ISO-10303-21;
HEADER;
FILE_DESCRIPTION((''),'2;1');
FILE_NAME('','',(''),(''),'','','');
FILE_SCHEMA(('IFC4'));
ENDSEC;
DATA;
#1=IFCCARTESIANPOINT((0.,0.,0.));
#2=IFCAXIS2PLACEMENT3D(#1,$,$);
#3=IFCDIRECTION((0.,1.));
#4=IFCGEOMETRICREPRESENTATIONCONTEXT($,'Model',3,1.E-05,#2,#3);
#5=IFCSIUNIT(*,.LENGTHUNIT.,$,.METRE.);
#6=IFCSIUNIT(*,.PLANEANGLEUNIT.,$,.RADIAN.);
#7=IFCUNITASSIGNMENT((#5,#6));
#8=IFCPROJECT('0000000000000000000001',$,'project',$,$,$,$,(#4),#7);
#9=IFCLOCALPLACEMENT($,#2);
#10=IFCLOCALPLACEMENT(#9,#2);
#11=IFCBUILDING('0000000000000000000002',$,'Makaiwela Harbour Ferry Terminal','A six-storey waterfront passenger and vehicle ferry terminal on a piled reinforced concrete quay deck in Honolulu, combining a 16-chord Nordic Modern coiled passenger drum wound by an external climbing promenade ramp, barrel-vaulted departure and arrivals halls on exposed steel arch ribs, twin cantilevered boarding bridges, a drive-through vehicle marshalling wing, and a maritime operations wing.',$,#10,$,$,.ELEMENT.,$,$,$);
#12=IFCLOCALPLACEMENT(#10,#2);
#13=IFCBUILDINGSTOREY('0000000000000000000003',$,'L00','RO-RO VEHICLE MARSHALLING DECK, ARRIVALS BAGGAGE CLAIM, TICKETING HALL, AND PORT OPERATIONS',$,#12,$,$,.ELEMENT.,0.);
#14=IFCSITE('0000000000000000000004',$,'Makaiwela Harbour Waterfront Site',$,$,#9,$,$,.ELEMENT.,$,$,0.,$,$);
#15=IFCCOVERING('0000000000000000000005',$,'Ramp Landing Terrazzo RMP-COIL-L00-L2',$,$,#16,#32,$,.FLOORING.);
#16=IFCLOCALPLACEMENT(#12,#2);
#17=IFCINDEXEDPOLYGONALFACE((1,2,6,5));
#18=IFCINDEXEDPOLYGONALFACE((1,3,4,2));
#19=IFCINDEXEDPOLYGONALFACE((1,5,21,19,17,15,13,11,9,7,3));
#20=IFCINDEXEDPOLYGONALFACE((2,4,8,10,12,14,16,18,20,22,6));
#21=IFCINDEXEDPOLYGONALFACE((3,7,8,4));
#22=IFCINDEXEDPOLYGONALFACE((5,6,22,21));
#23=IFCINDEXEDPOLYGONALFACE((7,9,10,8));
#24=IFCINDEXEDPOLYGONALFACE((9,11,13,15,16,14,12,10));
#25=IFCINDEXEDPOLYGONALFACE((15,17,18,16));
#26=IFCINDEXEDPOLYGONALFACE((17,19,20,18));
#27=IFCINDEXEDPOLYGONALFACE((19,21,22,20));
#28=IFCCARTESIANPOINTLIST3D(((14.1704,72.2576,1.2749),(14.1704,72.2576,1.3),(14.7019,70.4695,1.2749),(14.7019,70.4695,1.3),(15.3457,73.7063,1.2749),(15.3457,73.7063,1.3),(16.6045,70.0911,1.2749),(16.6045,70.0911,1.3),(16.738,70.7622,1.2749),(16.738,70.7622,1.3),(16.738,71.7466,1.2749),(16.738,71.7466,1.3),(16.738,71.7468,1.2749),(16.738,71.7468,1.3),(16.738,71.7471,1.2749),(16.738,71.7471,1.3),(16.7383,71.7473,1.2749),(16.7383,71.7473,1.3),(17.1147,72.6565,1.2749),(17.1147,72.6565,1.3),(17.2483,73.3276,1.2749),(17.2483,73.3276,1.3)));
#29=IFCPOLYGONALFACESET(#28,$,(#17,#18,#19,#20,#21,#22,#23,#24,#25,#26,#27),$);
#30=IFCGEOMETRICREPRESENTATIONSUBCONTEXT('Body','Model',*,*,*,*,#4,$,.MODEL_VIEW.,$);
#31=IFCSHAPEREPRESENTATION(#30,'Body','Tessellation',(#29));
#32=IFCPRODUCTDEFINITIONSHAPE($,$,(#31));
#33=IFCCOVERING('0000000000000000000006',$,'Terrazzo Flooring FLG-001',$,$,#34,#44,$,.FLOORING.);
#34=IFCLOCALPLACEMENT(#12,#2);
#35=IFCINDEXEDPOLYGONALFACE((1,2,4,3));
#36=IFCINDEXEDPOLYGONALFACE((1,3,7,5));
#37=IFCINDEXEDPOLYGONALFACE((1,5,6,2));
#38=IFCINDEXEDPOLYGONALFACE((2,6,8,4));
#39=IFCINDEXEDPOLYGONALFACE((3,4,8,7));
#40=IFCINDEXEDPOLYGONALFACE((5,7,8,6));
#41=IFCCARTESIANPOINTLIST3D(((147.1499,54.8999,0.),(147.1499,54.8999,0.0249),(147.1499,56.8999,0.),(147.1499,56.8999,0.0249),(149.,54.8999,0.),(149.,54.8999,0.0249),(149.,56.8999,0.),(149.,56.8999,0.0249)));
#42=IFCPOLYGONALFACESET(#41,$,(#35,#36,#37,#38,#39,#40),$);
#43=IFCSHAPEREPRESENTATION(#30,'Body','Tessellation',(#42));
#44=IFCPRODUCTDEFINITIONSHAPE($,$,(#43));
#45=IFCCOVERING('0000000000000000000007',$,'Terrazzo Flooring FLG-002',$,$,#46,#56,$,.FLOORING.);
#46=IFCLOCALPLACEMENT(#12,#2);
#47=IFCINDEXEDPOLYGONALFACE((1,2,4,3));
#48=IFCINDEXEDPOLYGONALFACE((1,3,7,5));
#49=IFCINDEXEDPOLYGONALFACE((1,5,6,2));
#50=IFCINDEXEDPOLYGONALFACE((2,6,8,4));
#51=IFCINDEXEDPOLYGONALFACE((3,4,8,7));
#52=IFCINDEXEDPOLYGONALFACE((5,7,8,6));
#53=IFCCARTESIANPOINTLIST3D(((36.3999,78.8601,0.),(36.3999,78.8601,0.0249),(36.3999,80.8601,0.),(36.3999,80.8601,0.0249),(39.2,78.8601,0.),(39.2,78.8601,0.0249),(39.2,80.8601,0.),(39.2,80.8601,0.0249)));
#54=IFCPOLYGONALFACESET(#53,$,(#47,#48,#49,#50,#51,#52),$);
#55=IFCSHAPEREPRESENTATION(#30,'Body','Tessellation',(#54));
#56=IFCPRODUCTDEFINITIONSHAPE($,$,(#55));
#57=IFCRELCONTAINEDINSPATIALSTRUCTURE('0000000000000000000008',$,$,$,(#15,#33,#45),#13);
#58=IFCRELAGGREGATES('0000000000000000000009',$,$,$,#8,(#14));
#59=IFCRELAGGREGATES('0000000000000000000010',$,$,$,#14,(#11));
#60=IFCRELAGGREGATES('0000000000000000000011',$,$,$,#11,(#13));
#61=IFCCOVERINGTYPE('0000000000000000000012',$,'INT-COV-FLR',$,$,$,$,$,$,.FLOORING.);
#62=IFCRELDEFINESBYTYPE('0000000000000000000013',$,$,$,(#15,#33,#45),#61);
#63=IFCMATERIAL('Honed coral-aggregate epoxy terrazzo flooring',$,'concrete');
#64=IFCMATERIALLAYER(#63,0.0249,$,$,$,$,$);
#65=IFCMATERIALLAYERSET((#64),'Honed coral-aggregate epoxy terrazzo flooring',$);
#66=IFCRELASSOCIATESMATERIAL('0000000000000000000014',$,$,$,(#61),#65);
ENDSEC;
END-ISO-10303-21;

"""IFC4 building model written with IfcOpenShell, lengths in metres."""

from ifc_helpers import new_model, si_unit, direction, frame, origin, place, context, subcontext, project, spatial, polyline, outline, extrude, material, layer, layer_set, type_object, element, save


model = new_model("IFC4")

# Units and contexts
model_context = context("Model", 3, precision=1e-05, world=origin(), true_north=direction((0.0, 1.0)))
body_context = subcontext(model_context, "Body", "Model", "MODEL_VIEW")
ifc_project = project(units=[si_unit("LENGTHUNIT", "METRE"), si_unit("PLANEANGLEUNIT", "RADIAN")], contexts=[model_context])

# Site, building, storey
site_placement = place(None, origin())
site = spatial("IfcSite", under=ifc_project, at=site_placement, Name="Makaiwela Harbour Waterfront Site", CompositionType="ELEMENT", RefElevation=0.0)
building_placement = place(site_placement, origin())
building = spatial("IfcBuilding", under=site, at=building_placement, Name="Makaiwela Harbour Ferry Terminal", Description="A six-storey waterfront passenger and vehicle ferry terminal on a piled reinforced concrete quay deck in Honolulu, combining a 16-chord Nordic Modern coiled passenger drum wound by an external climbing promenade ramp, barrel-vaulted departure and arrivals halls on exposed steel arch ribs, twin cantilevered boarding bridges, a drive-through vehicle marshalling wing, and a maritime operations wing.", CompositionType="ELEMENT")
storey_placement = place(building_placement, origin())
storey = spatial("IfcBuildingStorey", under=building, at=storey_placement, Name="L00", Description="RO-RO VEHICLE MARSHALLING DECK, ARRIVALS BAGGAGE CLAIM, TICKETING HALL, AND PORT OPERATIONS", CompositionType="ELEMENT", Elevation=0.0)

# Coverings
ifc_material_1 = material(Name="Honed coral-aggregate epoxy terrazzo flooring", Category="concrete")
ifc_layer_1 = layer(ifc_material_1, 0.0249)
ifc_layer_set_1 = layer_set([ifc_layer_1], Name="Honed coral-aggregate epoxy terrazzo flooring")
covering_type_1 = type_object("IfcCoveringType", Name="INT-COV-FLR", PredefinedType="FLOORING", material=ifc_layer_set_1)
covering_1_placement = place(storey_placement, frame((0.0, 0.0, 1.2749)))
element("IfcCovering", 1, at=covering_1_placement, inside=storey, type_object=covering_type_1, Name="Ramp Landing Terrazzo RMP-COIL-L00-L2", PredefinedType="FLOORING", context=body_context, shape_type="SweptSolid", body=[
    extrude(outline(polyline([(16.738, 70.7622), (16.738, 71.7466), (16.738, 71.7466), (16.738, 71.7468), (16.738, 71.7471), (16.7383, 71.7473), (17.1147, 72.6565), (17.2483, 73.3276), (15.3457, 73.7063), (14.1704, 72.2576), (14.7019, 70.4695), (16.6045, 70.0911), (16.738, 70.7622)])), origin(), (0.0, 0.0, 1.0), 0.0251),
])
covering_2_placement = place(storey_placement, origin())
element("IfcCovering", 2, at=covering_2_placement, inside=storey, type_object=covering_type_1, Name="Terrazzo Flooring FLG-001", PredefinedType="FLOORING", context=body_context, shape_type="SweptSolid", body=[
    extrude(outline(polyline([(147.1499, 54.8999), (149.0, 54.8999), (149.0, 56.8999), (147.1499, 56.8999), (147.1499, 54.8999)])), origin(), (0.0, 0.0, 1.0), 0.0249),
])
covering_3_placement = place(storey_placement, origin())
element("IfcCovering", 3, at=covering_3_placement, inside=storey, type_object=covering_type_1, Name="Terrazzo Flooring FLG-002", PredefinedType="FLOORING", context=body_context, shape_type="SweptSolid", body=[
    extrude(outline(polyline([(36.3999, 78.8601), (39.2, 78.8601), (39.2, 80.8601), (36.3999, 80.8601), (36.3999, 78.8601)])), origin(), (0.0, 0.0, 1.0), 0.0249),
])

save(model, "model.ifc")
